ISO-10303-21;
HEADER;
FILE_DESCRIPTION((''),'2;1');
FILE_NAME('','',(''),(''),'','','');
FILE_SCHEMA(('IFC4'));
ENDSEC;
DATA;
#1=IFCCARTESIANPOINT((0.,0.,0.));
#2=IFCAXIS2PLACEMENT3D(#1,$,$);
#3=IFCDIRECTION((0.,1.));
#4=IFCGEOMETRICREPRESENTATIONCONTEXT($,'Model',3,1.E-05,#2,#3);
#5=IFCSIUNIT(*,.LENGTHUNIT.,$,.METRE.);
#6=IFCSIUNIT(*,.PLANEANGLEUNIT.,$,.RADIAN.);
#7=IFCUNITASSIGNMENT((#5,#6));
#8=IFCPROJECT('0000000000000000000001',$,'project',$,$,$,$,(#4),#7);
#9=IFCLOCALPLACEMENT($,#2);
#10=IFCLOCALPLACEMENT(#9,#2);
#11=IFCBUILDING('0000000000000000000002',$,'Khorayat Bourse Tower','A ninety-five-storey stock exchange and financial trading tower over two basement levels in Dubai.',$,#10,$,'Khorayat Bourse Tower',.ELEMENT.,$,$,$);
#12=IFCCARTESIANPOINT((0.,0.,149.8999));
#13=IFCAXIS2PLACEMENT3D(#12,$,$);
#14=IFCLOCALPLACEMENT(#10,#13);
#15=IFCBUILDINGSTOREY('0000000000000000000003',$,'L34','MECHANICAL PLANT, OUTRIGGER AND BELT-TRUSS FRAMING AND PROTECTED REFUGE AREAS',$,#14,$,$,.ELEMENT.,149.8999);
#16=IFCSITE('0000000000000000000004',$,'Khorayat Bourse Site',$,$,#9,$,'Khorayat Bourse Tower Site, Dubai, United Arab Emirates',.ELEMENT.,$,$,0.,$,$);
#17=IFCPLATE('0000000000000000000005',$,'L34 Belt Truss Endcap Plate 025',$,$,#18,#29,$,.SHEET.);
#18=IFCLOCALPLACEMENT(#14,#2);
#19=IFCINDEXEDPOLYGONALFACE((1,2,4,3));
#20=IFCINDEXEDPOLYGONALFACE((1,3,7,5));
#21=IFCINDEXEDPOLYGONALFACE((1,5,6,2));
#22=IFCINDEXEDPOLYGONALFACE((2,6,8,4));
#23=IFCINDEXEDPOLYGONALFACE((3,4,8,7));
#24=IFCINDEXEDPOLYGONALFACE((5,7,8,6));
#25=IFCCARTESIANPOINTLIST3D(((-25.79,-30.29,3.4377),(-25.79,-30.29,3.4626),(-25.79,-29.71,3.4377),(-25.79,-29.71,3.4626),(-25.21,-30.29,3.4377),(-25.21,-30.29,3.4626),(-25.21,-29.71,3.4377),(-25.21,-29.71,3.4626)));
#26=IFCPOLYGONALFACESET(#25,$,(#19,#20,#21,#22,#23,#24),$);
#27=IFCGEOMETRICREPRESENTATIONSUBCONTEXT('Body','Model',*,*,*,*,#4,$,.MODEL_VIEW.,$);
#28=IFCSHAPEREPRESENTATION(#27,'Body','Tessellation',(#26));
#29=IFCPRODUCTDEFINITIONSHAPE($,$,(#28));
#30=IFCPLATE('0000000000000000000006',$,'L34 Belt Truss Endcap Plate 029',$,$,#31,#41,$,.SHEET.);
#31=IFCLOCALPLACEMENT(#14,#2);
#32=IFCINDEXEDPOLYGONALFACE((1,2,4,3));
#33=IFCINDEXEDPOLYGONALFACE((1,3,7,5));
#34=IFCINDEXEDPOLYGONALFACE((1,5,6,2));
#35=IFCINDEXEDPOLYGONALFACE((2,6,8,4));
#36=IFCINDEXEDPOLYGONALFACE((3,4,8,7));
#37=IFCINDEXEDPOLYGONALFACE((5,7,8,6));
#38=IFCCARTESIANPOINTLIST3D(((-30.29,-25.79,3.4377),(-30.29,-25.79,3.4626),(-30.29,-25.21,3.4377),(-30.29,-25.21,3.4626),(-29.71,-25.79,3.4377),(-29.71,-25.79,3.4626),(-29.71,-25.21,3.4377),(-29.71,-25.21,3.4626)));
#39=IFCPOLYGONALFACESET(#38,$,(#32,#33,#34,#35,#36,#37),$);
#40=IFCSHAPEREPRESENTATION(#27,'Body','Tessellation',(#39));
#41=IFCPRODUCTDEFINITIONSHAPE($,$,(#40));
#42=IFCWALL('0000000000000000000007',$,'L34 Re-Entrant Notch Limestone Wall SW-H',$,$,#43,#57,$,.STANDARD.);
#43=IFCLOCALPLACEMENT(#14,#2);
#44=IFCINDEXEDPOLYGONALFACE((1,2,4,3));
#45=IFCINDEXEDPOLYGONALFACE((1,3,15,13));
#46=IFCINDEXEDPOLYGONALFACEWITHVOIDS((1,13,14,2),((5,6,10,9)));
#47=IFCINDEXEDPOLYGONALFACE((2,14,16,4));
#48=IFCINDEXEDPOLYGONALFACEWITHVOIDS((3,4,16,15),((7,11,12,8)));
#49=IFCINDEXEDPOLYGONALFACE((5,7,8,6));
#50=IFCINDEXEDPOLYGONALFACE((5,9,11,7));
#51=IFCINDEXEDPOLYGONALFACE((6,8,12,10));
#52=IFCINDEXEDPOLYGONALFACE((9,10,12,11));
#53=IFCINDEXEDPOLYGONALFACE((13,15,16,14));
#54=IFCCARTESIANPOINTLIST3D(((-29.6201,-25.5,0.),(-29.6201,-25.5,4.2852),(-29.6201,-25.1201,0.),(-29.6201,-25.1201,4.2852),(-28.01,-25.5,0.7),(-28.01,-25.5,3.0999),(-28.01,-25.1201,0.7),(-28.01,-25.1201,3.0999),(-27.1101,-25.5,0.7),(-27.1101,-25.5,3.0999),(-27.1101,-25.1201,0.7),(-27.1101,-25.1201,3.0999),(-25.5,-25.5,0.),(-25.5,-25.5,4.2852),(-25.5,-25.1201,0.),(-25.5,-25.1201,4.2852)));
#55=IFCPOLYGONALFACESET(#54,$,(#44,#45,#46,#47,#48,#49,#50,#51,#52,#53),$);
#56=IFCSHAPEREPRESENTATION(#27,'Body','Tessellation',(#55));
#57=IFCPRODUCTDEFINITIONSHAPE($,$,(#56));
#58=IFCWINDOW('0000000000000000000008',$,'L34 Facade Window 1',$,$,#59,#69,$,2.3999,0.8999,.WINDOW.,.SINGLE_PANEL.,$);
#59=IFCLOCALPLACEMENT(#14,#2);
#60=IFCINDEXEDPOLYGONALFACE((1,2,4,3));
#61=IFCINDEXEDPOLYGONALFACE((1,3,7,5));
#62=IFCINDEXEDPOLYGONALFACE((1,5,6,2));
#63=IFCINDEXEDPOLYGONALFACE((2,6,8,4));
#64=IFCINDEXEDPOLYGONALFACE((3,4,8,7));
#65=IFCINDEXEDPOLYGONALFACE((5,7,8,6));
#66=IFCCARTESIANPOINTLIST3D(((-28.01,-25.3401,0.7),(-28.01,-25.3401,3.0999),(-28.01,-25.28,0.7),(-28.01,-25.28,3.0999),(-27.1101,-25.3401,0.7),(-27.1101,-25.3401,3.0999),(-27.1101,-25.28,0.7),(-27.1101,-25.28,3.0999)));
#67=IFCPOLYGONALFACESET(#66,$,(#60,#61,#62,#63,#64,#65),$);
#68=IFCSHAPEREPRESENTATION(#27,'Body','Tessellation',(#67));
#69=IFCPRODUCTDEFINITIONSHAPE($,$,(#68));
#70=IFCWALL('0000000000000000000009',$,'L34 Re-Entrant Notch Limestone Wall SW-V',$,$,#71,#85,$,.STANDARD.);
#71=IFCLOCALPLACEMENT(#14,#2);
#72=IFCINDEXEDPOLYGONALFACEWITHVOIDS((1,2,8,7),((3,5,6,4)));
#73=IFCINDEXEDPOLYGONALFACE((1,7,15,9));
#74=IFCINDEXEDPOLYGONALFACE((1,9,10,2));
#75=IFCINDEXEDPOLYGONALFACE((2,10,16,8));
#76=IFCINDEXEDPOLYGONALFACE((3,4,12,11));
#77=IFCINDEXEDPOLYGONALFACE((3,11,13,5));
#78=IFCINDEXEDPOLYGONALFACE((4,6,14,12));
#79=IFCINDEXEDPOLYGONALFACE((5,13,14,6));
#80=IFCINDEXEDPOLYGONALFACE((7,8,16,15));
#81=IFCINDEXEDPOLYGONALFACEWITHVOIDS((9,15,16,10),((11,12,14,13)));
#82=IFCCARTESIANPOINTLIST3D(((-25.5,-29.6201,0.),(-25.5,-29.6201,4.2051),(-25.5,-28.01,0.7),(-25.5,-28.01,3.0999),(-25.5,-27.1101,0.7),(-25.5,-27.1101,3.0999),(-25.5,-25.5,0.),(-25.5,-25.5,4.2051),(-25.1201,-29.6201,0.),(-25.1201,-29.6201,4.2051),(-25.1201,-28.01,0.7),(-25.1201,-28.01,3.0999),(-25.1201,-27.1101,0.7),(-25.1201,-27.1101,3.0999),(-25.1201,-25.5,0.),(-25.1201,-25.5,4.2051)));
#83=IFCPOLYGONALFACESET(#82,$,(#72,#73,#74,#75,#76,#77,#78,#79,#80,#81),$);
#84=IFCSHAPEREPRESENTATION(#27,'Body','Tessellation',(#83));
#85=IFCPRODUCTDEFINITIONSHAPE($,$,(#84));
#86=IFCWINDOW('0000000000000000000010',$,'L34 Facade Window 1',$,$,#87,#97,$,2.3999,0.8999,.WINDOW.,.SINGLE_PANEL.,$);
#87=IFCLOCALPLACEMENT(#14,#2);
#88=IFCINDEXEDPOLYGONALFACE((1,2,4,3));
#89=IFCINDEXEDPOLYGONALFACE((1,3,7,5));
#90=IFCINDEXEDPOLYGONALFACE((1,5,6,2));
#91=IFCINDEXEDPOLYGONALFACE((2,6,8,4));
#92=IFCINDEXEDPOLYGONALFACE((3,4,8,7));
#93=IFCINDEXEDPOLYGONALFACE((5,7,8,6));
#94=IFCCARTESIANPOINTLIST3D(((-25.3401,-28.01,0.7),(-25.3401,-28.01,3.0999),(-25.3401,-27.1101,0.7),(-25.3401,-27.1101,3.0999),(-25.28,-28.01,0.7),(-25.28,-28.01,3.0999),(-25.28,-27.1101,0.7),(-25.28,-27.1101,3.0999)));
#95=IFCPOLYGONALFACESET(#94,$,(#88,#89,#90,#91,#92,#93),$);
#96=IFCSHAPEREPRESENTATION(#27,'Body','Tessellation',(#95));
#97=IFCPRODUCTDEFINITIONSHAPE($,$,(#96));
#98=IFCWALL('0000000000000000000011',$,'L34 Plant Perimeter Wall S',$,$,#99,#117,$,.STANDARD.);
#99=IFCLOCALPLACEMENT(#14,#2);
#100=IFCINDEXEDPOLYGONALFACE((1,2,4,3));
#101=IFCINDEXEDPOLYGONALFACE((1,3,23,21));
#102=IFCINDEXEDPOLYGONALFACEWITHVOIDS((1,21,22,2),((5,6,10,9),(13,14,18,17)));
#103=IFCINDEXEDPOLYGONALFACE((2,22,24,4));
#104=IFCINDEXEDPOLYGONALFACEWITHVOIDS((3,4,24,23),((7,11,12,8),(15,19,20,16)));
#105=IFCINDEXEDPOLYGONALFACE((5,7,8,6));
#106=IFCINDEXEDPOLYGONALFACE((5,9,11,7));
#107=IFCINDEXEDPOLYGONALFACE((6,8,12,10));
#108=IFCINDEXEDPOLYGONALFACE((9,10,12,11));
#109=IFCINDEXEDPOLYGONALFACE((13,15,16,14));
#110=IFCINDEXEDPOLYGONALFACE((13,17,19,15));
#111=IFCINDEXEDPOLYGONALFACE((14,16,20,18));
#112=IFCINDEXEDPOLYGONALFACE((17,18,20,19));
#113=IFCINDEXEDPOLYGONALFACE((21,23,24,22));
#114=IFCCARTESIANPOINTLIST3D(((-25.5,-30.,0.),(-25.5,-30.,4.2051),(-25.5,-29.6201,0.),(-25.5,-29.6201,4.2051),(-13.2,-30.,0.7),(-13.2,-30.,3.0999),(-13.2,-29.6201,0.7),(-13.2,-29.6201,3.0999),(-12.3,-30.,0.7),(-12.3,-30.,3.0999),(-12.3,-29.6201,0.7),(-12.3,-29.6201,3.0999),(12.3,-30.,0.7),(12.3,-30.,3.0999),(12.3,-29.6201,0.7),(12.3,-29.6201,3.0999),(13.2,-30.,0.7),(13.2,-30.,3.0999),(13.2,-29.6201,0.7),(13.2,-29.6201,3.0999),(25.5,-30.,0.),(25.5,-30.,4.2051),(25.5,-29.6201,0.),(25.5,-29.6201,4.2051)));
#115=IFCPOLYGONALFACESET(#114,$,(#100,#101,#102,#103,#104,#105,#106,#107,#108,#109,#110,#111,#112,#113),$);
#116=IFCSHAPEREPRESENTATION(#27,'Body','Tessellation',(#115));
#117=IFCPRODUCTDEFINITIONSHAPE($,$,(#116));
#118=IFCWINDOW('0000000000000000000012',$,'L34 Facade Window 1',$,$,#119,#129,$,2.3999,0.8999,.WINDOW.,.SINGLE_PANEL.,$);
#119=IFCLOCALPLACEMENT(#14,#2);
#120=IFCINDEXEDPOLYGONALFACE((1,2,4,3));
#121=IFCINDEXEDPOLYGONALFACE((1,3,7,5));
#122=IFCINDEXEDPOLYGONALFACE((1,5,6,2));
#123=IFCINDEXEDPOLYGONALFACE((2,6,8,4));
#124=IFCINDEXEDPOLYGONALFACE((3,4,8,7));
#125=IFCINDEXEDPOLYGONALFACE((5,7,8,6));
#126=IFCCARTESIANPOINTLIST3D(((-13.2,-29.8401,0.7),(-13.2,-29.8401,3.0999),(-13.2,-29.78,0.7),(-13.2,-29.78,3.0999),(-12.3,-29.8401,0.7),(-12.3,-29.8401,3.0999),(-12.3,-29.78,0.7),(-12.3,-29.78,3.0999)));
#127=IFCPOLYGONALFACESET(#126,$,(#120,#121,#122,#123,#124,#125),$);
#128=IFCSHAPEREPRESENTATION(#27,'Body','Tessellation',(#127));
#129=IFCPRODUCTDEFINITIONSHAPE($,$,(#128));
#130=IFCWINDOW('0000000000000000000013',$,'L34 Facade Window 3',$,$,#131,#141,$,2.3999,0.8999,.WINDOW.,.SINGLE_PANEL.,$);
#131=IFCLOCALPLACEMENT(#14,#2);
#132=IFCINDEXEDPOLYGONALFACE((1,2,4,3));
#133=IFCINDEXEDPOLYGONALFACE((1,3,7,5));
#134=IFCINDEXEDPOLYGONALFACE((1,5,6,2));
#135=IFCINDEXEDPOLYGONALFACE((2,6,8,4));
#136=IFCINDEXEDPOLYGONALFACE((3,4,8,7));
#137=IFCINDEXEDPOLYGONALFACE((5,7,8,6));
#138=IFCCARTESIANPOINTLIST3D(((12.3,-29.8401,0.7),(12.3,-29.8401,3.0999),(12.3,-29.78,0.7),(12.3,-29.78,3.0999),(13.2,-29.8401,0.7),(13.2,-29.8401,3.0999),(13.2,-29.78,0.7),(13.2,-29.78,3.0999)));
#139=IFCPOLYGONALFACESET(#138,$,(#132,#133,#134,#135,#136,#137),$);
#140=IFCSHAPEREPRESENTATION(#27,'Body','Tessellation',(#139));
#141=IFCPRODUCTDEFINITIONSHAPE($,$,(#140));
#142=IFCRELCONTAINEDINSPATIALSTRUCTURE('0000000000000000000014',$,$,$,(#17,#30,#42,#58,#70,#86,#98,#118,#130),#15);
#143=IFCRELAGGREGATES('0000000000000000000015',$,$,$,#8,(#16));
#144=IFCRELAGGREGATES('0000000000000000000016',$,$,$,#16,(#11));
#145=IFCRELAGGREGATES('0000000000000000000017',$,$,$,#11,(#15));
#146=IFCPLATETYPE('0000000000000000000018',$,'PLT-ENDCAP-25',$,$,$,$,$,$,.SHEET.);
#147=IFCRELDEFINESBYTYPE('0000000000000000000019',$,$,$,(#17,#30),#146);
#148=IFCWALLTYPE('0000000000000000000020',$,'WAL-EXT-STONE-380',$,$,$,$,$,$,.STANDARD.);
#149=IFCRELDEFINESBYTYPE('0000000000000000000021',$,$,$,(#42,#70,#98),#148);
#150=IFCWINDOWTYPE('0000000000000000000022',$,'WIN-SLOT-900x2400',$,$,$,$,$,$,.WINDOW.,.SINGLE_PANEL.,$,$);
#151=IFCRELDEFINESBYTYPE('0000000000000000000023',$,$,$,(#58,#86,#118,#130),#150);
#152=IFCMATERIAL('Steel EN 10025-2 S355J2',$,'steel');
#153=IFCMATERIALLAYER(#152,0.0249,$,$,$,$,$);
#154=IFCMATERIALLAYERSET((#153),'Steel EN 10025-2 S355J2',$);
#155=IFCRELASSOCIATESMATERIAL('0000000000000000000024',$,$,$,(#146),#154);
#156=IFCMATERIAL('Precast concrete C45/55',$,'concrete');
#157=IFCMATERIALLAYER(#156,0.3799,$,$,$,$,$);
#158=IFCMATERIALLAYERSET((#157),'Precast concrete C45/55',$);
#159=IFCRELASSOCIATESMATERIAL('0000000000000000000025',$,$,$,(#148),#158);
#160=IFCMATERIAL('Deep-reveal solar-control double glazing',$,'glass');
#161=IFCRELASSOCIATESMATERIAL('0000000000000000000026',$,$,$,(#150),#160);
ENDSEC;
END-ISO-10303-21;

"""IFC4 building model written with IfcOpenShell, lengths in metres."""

from ifc_helpers import new_model, si_unit, direction, frame, frame_2d, origin, origin_2d, place, context, subcontext, project, spatial, rectangle, extrude, source, transform, mapped, material, layer, layer_set, type_object, element, fill, save


model = new_model("IFC4")

# Units and contexts
model_context = context("Model", 3, precision=1e-05, world=origin(), true_north=direction((0.0, 1.0)))
body_context = subcontext(model_context, "Body", "Model", "MODEL_VIEW")
ifc_project = project(units=[si_unit("LENGTHUNIT", "METRE"), si_unit("PLANEANGLEUNIT", "RADIAN")], contexts=[model_context])

# Site, building, storey
site_placement = place(None, origin())
site = spatial("IfcSite", under=ifc_project, at=site_placement, Name="Khorayat Bourse Site", LongName="Khorayat Bourse Tower Site, Dubai, United Arab Emirates", CompositionType="ELEMENT", RefElevation=0.0)
building_placement = place(site_placement, origin())
building = spatial("IfcBuilding", under=site, at=building_placement, Name="Khorayat Bourse Tower", Description="A ninety-five-storey stock exchange and financial trading tower over two basement levels in Dubai.", LongName="Khorayat Bourse Tower", CompositionType="ELEMENT")
storey_placement = place(building_placement, frame((0.0, 0.0, 149.8999)))
storey = spatial("IfcBuildingStorey", under=building, at=storey_placement, Name="L34", Description="MECHANICAL PLANT, OUTRIGGER AND BELT-TRUSS FRAMING AND PROTECTED REFUGE AREAS", CompositionType="ELEMENT", Elevation=149.8999)

# Plates
ifc_material_1 = material(Name="Steel EN 10025-2 S355J2", Category="steel")
ifc_layer_1 = layer(ifc_material_1, 0.0249)
ifc_layer_set_1 = layer_set([ifc_layer_1], Name="Steel EN 10025-2 S355J2")
plate_type = type_object("IfcPlateType", Name="PLT-ENDCAP-25", PredefinedType="SHEET", material=ifc_layer_set_1)
shared_shape_1 = source(origin(), body_context, "Body", "SweptSolid", [
    extrude(rectangle(XDim=0.5801, YDim=0.5801, at=origin_2d()), origin(), (0.0, 0.0, 1.0), 0.0249),
])
for number, where, z_axis, x_axis, name in (
    (1, (-25.5, -30.0, 3.4377), (0.0, 0.0, 1.0), (1.0, 0.0, 0.0), "L34 Belt Truss Endcap Plate 025"),
    (2, (-30.0, -25.5, 3.4377), (0.0, 0.0, 1.0), (1.0, 0.0, 0.0), "L34 Belt Truss Endcap Plate 029"),
):
    element("IfcPlate", number, at=place(storey_placement, frame(where, z_axis=z_axis, x_axis=x_axis)), inside=storey, type_object=plate_type, Name=name, PredefinedType="SHEET", context=body_context, shape_type="MappedRepresentation", body=[
        mapped(shared_shape_1, transform((0.0, 0.0, 0.0), scale=1.0)),
    ])

# Walls, openings, windows
ifc_material_2 = material(Name="Precast concrete C45/55", Category="concrete")
ifc_layer_2 = layer(ifc_material_2, 0.3799)
ifc_layer_set_2 = layer_set([ifc_layer_2], Name="Precast concrete C45/55")
wall_type = type_object("IfcWallType", Name="WAL-EXT-STONE-380", PredefinedType="STANDARD", material=ifc_layer_set_2)
shared_shape_2 = source(origin(), body_context, "Body", "SweptSolid", [
    extrude(rectangle(XDim=4.1201, YDim=0.3799, at=frame_2d((2.0601, 0.0))), origin(), (0.0, 0.0, 1.0), 4.2852),
])
wall_1_placement = place(storey_placement, frame((-25.5, -25.3101, 0.0), z_axis=(0.0, 0.0, 1.0), x_axis=(-1.0, 0.0, 0.0)))
wall_1 = element("IfcWall", 3, at=wall_1_placement, inside=storey, type_object=wall_type, Name="L34 Re-Entrant Notch Limestone Wall SW-H", PredefinedType="STANDARD", context=body_context, shape_type="MappedRepresentation", body=[
    mapped(shared_shape_2, transform((0.0, 0.0, 0.0), scale=1.0)),
])
shared_shape_3 = source(origin(), body_context, "Body", "SweptSolid", [
    extrude(rectangle(XDim=0.8999, YDim=2.3999, at=frame_2d((0.45, 1.2))), frame((0.0, 0.2, 0.0), z_axis=(0.0, -1.0, 0.0), x_axis=(1.0, 0.0, 0.0)), (0.0, 0.0, 1.0), 0.3999),
])
opening_1_placement = place(wall_1_placement, frame((1.6101, 0.0, 0.7)))
opening_1 = element("IfcOpeningElement", 4, at=opening_1_placement, cuts=wall_1, PredefinedType="OPENING", context=body_context, shape_type="MappedRepresentation", body=[
    mapped(shared_shape_3, transform((0.0, 0.0, 0.0), scale=1.0)),
])
ifc_material_3 = material(Name="Deep-reveal solar-control double glazing", Category="glass")
window_type = type_object("IfcWindowType", Name="WIN-SLOT-900x2400", PartitioningType="SINGLE_PANEL", PredefinedType="WINDOW", material=ifc_material_3)
shared_shape_4 = source(origin(), body_context, "Body", "SweptSolid", [
    extrude(rectangle(XDim=0.8999, YDim=2.3999, at=frame_2d((0.45, 1.2))), frame((0.0, 0.03, 0.0), z_axis=(0.0, -1.0, 0.0), x_axis=(1.0, 0.0, 0.0)), (0.0, 0.0, 1.0), 0.0601),
])
window_1_placement = place(opening_1_placement, origin())
window_1 = element("IfcWindow", 5, at=window_1_placement, inside=storey, type_object=window_type, Name="L34 Facade Window 1", OverallHeight=2.3999, OverallWidth=0.8999, PartitioningType="SINGLE_PANEL", PredefinedType="WINDOW", context=body_context, shape_type="MappedRepresentation", body=[
    mapped(shared_shape_4, transform((0.0, 0.0, 0.0), scale=1.0)),
])
fill(opening_1, window_1)
shared_shape_5 = source(origin(), body_context, "Body", "SweptSolid", [
    extrude(rectangle(XDim=4.1201, YDim=0.3799, at=frame_2d((2.0601, 0.0))), origin(), (0.0, 0.0, 1.0), 4.2051),
])
wall_2_placement = place(storey_placement, frame((-25.3101, -29.6201, 0.0), z_axis=(0.0, 0.0, 1.0), x_axis=(0.0, 1.0, 0.0)))
wall_2 = element("IfcWall", 6, at=wall_2_placement, inside=storey, type_object=wall_type, Name="L34 Re-Entrant Notch Limestone Wall SW-V", PredefinedType="STANDARD", context=body_context, shape_type="MappedRepresentation", body=[
    mapped(shared_shape_5, transform((0.0, 0.0, 0.0), scale=1.0)),
])
opening_2_placement = place(wall_2_placement, frame((1.6101, 0.0, 0.7)))
opening_2 = element("IfcOpeningElement", 7, at=opening_2_placement, cuts=wall_2, PredefinedType="OPENING", context=body_context, shape_type="MappedRepresentation", body=[
    mapped(shared_shape_3, transform((0.0, 0.0, 0.0), scale=1.0)),
])
window_2_placement = place(opening_2_placement, origin())
window_2 = element("IfcWindow", 8, at=window_2_placement, inside=storey, type_object=window_type, Name="L34 Facade Window 1", OverallHeight=2.3999, OverallWidth=0.8999, PartitioningType="SINGLE_PANEL", PredefinedType="WINDOW", context=body_context, shape_type="MappedRepresentation", body=[
    mapped(shared_shape_4, transform((0.0, 0.0, 0.0), scale=1.0)),
])
fill(opening_2, window_2)

# Wall, openings, windows
shared_shape_6 = source(origin(), body_context, "Body", "SweptSolid", [
    extrude(rectangle(XDim=51.0, YDim=0.3799, at=frame_2d((25.5, 0.0))), origin(), (0.0, 0.0, 1.0), 4.2051),
])
wall_3_placement = place(storey_placement, frame((-25.5, -29.8101, 0.0), z_axis=(0.0, 0.0, 1.0), x_axis=(1.0, 0.0, 0.0)))
wall_3 = element("IfcWall", 9, at=wall_3_placement, inside=storey, type_object=wall_type, Name="L34 Plant Perimeter Wall S", PredefinedType="STANDARD", context=body_context, shape_type="MappedRepresentation", body=[
    mapped(shared_shape_6, transform((0.0, 0.0, 0.0), scale=1.0)),
])
opening_3_placement = place(wall_3_placement, frame((12.3, 0.0, 0.7)))
opening_3 = element("IfcOpeningElement", 10, at=opening_3_placement, cuts=wall_3, PredefinedType="OPENING", context=body_context, shape_type="MappedRepresentation", body=[
    mapped(shared_shape_3, transform((0.0, 0.0, 0.0), scale=1.0)),
])
opening_4_placement = place(wall_3_placement, frame((37.8, 0.0, 0.7)))
opening_4 = element("IfcOpeningElement", 11, at=opening_4_placement, cuts=wall_3, PredefinedType="OPENING", context=body_context, shape_type="MappedRepresentation", body=[
    mapped(shared_shape_3, transform((0.0, 0.0, 0.0), scale=1.0)),
])
window_3_placement = place(opening_3_placement, origin())
window_3 = element("IfcWindow", 12, at=window_3_placement, inside=storey, type_object=window_type, Name="L34 Facade Window 1", OverallHeight=2.3999, OverallWidth=0.8999, PartitioningType="SINGLE_PANEL", PredefinedType="WINDOW", context=body_context, shape_type="MappedRepresentation", body=[
    mapped(shared_shape_4, transform((0.0, 0.0, 0.0), scale=1.0)),
])
fill(opening_3, window_3)
window_4_placement = place(opening_4_placement, origin())
window_4 = element("IfcWindow", 13, at=window_4_placement, inside=storey, type_object=window_type, Name="L34 Facade Window 3", OverallHeight=2.3999, OverallWidth=0.8999, PartitioningType="SINGLE_PANEL", PredefinedType="WINDOW", context=body_context, shape_type="MappedRepresentation", body=[
    mapped(shared_shape_4, transform((0.0, 0.0, 0.0), scale=1.0)),
])
fill(opening_4, window_4)

save(model, "model.ifc")
